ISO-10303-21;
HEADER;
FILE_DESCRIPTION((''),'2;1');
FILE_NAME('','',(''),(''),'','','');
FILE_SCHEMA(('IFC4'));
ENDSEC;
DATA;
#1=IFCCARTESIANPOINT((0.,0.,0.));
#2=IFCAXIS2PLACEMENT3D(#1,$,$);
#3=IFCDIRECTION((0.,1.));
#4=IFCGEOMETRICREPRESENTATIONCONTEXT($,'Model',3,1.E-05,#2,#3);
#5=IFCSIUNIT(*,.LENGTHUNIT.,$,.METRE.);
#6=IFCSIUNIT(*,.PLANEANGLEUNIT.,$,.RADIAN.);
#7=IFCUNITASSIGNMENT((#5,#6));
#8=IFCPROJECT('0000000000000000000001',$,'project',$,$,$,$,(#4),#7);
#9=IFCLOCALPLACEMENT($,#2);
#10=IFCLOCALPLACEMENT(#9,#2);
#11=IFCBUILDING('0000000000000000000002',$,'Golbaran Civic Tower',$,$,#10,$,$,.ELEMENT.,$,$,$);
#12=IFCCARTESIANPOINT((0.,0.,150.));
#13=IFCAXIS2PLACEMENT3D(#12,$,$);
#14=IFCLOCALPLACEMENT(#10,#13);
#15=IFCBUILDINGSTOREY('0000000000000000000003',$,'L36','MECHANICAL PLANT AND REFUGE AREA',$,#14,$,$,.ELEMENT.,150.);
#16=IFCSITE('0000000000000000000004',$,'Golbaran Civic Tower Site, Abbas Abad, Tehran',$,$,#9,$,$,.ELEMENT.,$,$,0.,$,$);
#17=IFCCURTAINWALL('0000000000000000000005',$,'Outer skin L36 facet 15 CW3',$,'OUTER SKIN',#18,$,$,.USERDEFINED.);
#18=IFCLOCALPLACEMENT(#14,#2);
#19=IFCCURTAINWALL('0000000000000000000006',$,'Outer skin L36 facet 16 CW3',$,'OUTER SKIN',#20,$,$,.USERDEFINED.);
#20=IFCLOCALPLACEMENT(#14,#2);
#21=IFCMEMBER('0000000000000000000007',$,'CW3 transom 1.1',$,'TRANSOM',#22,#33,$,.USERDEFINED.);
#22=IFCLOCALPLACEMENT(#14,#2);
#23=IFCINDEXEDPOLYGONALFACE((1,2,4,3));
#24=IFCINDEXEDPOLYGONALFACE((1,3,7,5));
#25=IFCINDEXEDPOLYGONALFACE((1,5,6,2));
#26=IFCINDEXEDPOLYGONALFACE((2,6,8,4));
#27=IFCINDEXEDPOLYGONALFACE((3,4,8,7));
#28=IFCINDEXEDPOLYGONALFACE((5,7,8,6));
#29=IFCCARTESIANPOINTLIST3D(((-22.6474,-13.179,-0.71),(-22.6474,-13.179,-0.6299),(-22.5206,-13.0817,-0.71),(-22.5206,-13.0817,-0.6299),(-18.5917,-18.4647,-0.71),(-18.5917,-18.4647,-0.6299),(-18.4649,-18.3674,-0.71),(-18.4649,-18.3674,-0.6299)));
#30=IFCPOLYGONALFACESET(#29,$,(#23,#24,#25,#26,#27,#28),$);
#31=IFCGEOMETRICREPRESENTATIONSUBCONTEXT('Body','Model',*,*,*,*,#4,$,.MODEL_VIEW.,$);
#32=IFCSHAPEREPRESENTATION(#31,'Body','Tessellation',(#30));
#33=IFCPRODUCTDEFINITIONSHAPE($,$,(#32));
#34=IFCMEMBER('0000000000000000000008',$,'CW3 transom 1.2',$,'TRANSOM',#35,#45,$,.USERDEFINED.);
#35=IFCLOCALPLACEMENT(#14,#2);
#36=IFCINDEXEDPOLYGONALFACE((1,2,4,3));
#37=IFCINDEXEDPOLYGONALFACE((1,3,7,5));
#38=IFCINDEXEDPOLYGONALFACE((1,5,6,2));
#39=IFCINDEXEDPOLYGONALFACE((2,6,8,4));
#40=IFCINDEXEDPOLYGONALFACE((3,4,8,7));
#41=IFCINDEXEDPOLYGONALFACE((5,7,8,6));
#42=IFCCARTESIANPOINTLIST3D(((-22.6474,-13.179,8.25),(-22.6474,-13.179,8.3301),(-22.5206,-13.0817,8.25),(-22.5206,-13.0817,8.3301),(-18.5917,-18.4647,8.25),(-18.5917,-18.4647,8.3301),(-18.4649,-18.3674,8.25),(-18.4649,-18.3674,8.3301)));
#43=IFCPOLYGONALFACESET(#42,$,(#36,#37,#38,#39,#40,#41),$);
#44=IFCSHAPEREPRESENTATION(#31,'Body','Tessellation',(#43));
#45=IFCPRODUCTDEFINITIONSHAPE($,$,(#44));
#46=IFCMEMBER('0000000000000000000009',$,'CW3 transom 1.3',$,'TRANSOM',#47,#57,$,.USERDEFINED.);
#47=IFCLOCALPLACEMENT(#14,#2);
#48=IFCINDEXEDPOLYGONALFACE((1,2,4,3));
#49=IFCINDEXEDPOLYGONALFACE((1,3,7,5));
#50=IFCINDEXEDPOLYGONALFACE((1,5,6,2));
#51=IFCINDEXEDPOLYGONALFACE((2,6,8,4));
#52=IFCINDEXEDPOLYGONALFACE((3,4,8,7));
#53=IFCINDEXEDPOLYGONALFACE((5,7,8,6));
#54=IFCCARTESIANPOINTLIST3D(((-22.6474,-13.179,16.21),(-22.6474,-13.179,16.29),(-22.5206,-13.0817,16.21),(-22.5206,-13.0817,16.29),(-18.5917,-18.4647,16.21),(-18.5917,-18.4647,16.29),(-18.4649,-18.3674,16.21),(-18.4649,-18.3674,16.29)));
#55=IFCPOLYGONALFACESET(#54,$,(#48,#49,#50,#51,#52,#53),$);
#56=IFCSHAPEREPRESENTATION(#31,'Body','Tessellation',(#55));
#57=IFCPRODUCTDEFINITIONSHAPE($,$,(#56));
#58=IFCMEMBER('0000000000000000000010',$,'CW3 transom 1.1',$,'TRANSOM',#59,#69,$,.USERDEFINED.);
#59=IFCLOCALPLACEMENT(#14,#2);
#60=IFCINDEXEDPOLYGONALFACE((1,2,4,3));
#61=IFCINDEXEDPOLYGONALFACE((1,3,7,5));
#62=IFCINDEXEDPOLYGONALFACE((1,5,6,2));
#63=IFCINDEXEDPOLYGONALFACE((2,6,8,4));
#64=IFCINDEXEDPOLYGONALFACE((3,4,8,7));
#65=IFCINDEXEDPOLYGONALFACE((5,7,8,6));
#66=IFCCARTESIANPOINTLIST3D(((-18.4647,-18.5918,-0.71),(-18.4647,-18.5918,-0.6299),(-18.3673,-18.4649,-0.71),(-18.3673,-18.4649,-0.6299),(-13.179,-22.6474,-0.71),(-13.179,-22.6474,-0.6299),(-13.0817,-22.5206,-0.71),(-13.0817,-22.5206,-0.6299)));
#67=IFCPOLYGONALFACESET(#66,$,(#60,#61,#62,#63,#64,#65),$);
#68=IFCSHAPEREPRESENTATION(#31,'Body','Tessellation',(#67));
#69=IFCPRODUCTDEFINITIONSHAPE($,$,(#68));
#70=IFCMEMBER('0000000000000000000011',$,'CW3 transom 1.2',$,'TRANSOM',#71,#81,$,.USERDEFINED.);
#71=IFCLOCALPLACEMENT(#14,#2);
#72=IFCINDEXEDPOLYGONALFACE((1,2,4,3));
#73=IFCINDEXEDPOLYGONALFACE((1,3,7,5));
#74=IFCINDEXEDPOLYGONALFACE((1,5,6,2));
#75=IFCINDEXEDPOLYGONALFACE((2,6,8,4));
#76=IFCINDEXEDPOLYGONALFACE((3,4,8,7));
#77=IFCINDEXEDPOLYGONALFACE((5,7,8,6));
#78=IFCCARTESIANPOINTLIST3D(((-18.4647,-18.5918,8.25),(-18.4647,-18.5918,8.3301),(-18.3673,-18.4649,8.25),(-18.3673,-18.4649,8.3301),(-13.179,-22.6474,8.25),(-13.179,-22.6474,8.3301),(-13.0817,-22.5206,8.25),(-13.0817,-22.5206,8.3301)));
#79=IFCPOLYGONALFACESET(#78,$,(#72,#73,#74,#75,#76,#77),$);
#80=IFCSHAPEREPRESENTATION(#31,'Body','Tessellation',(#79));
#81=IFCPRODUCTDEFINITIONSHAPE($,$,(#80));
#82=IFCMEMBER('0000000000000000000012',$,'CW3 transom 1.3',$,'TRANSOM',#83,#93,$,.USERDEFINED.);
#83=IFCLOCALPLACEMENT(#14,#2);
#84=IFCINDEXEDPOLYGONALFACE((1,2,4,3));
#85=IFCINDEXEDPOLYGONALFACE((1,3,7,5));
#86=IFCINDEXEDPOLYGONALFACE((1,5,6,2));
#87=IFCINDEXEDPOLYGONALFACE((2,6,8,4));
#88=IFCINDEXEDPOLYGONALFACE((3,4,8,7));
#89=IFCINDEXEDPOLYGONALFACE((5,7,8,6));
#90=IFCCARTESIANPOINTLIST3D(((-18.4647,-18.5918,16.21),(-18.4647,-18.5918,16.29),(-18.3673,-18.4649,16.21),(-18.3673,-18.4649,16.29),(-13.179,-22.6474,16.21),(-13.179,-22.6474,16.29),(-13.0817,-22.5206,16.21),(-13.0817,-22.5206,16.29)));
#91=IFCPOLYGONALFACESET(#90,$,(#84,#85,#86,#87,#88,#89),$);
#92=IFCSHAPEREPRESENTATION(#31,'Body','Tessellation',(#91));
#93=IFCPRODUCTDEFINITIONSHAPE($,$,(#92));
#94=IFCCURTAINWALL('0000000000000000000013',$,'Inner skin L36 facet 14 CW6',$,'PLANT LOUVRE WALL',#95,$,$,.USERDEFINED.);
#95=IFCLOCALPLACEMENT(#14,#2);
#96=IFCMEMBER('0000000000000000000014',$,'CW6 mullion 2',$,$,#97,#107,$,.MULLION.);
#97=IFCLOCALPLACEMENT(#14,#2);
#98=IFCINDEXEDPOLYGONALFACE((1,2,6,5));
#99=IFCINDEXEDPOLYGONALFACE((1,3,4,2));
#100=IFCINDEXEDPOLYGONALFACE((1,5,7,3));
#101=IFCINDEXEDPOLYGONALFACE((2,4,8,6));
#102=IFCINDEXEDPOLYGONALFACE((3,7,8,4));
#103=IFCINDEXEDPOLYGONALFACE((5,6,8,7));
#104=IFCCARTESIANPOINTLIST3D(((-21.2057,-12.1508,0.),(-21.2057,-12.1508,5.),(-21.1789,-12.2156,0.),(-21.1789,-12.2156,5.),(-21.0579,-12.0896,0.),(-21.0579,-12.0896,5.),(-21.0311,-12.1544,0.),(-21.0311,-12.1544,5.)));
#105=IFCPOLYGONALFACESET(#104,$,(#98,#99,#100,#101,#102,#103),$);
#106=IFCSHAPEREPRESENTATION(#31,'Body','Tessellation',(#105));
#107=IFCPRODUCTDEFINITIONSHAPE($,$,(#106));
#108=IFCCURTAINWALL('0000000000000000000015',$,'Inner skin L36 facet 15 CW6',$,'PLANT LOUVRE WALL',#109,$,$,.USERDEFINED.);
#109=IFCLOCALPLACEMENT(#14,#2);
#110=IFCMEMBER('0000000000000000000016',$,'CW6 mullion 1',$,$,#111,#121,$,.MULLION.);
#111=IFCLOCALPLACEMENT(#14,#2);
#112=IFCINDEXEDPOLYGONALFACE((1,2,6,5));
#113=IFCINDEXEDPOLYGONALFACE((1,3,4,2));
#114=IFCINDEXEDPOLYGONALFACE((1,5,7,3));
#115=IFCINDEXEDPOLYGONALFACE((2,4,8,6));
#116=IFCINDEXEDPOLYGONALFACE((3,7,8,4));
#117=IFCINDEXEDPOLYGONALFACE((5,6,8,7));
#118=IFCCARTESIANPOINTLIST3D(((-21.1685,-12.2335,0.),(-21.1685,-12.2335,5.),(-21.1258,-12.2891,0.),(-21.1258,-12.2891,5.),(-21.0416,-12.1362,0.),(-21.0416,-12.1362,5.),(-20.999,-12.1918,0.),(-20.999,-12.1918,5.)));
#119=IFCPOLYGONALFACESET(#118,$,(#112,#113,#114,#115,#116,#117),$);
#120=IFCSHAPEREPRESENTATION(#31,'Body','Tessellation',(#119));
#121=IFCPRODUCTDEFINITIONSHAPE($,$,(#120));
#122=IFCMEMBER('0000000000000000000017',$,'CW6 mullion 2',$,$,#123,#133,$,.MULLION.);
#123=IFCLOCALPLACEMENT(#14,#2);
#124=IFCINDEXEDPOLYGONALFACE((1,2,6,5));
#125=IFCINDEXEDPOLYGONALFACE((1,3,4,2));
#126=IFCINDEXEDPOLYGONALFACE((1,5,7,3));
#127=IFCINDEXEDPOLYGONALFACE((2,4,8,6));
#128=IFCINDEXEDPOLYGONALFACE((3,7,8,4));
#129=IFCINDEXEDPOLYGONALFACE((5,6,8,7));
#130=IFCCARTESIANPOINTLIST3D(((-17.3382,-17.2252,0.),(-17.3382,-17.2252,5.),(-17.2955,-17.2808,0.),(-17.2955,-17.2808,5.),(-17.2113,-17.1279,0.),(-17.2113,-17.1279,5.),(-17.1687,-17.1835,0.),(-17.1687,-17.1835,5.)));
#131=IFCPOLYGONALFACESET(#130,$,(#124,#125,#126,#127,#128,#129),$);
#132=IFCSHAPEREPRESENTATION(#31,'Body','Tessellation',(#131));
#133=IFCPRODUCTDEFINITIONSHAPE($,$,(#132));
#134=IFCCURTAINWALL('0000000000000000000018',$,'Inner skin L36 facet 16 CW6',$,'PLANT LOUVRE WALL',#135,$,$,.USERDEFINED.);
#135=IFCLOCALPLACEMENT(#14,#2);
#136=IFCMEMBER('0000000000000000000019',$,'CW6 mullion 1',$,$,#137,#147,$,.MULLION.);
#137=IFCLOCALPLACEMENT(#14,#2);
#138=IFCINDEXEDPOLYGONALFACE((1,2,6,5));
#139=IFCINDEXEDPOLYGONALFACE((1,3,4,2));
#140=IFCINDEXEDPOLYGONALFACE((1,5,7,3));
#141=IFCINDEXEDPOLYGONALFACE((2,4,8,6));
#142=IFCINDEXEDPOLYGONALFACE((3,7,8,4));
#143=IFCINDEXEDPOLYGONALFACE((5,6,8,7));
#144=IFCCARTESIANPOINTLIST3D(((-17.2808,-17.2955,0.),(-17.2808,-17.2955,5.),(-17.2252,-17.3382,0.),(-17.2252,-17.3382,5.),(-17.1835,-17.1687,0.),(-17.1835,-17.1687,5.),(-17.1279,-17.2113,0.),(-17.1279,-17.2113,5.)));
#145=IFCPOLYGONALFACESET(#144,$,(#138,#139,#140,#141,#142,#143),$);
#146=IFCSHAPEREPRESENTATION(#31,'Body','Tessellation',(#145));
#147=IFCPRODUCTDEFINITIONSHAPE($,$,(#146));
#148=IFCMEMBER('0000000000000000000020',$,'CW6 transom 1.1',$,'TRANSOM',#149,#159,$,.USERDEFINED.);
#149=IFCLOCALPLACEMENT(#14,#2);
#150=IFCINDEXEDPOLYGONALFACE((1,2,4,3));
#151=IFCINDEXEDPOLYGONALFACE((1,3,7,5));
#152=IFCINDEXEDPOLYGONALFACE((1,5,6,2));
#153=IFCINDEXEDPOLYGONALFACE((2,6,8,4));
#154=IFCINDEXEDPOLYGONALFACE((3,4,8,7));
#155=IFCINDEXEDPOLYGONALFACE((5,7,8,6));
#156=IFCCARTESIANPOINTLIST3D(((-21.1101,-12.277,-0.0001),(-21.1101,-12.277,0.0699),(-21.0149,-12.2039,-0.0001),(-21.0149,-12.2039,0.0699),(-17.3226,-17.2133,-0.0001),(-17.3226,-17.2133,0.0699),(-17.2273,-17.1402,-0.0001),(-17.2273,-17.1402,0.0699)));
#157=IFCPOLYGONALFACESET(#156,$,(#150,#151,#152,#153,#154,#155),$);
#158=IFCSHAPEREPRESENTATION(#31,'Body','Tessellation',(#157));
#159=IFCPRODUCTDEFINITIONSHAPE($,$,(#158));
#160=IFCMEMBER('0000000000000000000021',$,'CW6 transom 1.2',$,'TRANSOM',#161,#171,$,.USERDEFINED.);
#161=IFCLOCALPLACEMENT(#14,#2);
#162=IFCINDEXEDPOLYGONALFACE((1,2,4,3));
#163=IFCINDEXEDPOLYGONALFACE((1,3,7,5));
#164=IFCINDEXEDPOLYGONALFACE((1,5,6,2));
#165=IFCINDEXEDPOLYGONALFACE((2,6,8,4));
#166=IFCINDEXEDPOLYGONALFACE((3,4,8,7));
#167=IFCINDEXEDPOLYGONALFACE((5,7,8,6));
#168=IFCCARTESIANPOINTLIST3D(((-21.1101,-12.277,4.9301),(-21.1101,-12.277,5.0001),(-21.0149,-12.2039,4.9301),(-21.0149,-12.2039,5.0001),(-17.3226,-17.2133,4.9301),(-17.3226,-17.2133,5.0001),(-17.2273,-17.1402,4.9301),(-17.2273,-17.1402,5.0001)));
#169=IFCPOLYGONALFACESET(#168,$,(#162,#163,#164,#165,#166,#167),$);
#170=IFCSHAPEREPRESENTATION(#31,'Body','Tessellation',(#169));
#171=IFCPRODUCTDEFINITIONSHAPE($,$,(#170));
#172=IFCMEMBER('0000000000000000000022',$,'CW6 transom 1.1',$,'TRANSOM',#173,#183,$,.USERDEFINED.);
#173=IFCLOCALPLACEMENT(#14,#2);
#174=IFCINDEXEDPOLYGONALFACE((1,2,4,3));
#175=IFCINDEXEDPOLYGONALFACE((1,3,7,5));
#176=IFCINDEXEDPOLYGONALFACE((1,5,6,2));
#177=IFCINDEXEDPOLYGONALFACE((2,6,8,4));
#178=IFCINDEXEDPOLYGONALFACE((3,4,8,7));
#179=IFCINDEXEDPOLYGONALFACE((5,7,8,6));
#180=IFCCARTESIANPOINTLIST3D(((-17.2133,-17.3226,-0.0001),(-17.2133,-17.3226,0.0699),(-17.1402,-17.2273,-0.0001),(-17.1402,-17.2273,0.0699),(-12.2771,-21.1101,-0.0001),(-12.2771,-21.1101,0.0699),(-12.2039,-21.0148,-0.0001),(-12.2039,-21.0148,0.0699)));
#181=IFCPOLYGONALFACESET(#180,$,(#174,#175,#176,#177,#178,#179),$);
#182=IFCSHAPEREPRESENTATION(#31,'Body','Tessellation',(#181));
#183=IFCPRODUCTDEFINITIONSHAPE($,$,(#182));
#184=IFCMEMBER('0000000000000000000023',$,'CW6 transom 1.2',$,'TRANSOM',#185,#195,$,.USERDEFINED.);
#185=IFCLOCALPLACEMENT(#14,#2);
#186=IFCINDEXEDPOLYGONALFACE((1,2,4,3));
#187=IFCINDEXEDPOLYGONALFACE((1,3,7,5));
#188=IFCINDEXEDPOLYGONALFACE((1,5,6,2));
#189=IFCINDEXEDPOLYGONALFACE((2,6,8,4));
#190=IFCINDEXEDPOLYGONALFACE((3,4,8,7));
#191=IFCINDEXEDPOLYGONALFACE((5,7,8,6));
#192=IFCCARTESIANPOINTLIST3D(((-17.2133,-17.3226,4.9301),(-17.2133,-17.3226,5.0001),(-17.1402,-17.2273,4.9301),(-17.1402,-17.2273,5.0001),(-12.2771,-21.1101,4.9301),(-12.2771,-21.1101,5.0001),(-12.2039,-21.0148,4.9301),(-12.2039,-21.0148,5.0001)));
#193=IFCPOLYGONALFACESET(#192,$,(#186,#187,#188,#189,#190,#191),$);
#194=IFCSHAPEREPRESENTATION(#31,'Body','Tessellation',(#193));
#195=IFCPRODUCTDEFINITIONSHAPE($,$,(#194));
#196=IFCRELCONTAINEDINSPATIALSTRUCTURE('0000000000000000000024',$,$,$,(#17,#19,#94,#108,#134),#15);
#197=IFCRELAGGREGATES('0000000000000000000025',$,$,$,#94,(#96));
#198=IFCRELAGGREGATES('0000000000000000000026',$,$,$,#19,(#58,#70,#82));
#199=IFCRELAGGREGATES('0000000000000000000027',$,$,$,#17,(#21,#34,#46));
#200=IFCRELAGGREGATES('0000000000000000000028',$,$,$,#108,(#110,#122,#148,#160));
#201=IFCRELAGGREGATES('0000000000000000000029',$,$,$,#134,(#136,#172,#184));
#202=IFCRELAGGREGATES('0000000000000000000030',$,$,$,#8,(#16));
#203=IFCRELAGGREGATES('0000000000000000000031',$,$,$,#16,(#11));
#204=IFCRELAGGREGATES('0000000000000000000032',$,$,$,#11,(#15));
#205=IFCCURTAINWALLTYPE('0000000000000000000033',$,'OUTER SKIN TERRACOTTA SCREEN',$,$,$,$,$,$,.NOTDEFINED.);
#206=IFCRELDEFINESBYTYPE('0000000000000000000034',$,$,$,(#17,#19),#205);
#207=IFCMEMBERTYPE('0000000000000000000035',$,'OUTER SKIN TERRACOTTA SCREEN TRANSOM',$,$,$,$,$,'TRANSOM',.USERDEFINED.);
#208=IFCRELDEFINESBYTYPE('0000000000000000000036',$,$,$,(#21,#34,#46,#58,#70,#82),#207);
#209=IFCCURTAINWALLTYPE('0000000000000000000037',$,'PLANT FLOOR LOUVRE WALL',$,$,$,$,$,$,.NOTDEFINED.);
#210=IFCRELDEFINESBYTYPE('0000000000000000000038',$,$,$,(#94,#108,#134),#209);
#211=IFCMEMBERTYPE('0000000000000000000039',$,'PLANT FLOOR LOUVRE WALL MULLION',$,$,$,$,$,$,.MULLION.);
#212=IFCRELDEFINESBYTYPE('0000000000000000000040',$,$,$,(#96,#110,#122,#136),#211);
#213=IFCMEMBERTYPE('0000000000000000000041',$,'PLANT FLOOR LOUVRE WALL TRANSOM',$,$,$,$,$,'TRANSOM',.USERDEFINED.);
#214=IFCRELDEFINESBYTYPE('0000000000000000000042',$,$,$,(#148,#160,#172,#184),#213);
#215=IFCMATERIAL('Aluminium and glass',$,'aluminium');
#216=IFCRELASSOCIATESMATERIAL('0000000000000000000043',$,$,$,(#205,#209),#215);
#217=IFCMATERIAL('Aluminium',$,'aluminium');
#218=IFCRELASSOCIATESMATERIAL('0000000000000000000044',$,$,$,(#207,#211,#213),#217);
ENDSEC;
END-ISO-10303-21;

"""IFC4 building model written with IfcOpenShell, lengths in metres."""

from ifc_helpers import new_model, si_unit, direction, frame, origin, origin_2d, place, context, subcontext, project, spatial, rectangle, extrude, material, material_profile, profile_set, type_object, element, aggregate, save


model = new_model("IFC4")

# Units and contexts
model_context = context("Model", 3, precision=1e-05, world=origin(), true_north=direction((0.0, 1.0)))
body_context = subcontext(model_context, "Body", "Model", "MODEL_VIEW")
ifc_project = project(units=[si_unit("LENGTHUNIT", "METRE"), si_unit("PLANEANGLEUNIT", "RADIAN")], contexts=[model_context])

# Site, building, storey
site_placement = place(None, origin())
site = spatial("IfcSite", under=ifc_project, at=site_placement, Name="Golbaran Civic Tower Site, Abbas Abad, Tehran", CompositionType="ELEMENT", RefElevation=0.0)
building_placement = place(site_placement, origin())
building = spatial("IfcBuilding", under=site, at=building_placement, Name="Golbaran Civic Tower", CompositionType="ELEMENT")
storey_placement = place(building_placement, frame((0.0, 0.0, 150.0)))
storey = spatial("IfcBuildingStorey", under=building, at=storey_placement, Name="L36", Description="MECHANICAL PLANT AND REFUGE AREA", CompositionType="ELEMENT", Elevation=150.0)

# Shared definitions
ifc_material_1 = material(Name="Aluminium and glass", Category="aluminium")
curtain_wall_type_1 = type_object("IfcCurtainWallType", Name="OUTER SKIN TERRACOTTA SCREEN", PredefinedType="NOTDEFINED", material=ifc_material_1)
ifc_material_2 = material(Name="Aluminium", Category="aluminium")

# Curtain wall
curtain_wall_1_placement = place(storey_placement, origin())
curtain_wall_1 = element("IfcCurtainWall", 1, at=curtain_wall_1_placement, inside=storey, type_object=curtain_wall_type_1, Name="Outer skin L36 facet 15 CW3", ObjectType="OUTER SKIN", PredefinedType="USERDEFINED")

# Curtain wall
curtain_wall_2_placement = place(storey_placement, origin())
curtain_wall_2 = element("IfcCurtainWall", 2, at=curtain_wall_2_placement, inside=storey, type_object=curtain_wall_type_1, Name="Outer skin L36 facet 16 CW3", ObjectType="OUTER SKIN", PredefinedType="USERDEFINED")

# Members
ifc_material_profile_1 = material_profile(ifc_material_2, rectangle(XDim=0.1599, YDim=0.0801, at=origin_2d()), Name="OUTER SKIN TERRACOTTA SCREEN TRANSOM")
ifc_profile_set_1 = profile_set([ifc_material_profile_1], Name="Aluminium")
member_type_1 = type_object("IfcMemberType", Name="OUTER SKIN TERRACOTTA SCREEN TRANSOM", ElementType="TRANSOM", PredefinedType="USERDEFINED", material=ifc_profile_set_1)
member_1_placement = place(storey_placement, frame((-22.584, -13.1304, -0.6699), z_axis=(0.608747, -0.793364, 0.0), x_axis=(0.793364, 0.608747, 0.0)))
member_1 = element("IfcMember", 3, at=member_1_placement, type_object=member_type_1, Name="CW3 transom 1.1", ObjectType="TRANSOM", PredefinedType="USERDEFINED", context=body_context, shape_type="SweptSolid", body=[
    extrude(rectangle(XDim=0.1599, YDim=0.0801, at=origin_2d()), origin(), (0.0, 0.0, 1.0), 6.6624),
])
member_2_placement = place(storey_placement, frame((-22.584, -13.1304, 8.29), z_axis=(0.608747, -0.793364, 0.0), x_axis=(0.793364, 0.608747, 0.0)))
member_2 = element("IfcMember", 4, at=member_2_placement, type_object=member_type_1, Name="CW3 transom 1.2", ObjectType="TRANSOM", PredefinedType="USERDEFINED", context=body_context, shape_type="SweptSolid", body=[
    extrude(rectangle(XDim=0.1599, YDim=0.0801, at=origin_2d()), origin(), (0.0, 0.0, 1.0), 6.6624),
])
member_3_placement = place(storey_placement, frame((-22.584, -13.1304, 16.25), z_axis=(0.608747, -0.793364, 0.0), x_axis=(0.793364, 0.608747, 0.0)))
member_3 = element("IfcMember", 5, at=member_3_placement, type_object=member_type_1, Name="CW3 transom 1.3", ObjectType="TRANSOM", PredefinedType="USERDEFINED", context=body_context, shape_type="SweptSolid", body=[
    extrude(rectangle(XDim=0.1599, YDim=0.0801, at=origin_2d()), origin(), (0.0, 0.0, 1.0), 6.6624),
])
member_4_placement = place(storey_placement, frame((-18.416, -18.5283, -0.6699), z_axis=(0.793364, -0.608747, 0.0), x_axis=(0.608747, 0.793364, 0.0)))
member_4 = element("IfcMember", 6, at=member_4_placement, type_object=member_type_1, Name="CW3 transom 1.1", ObjectType="TRANSOM", PredefinedType="USERDEFINED", context=body_context, shape_type="SweptSolid", body=[
    extrude(rectangle(XDim=0.1599, YDim=0.0801, at=origin_2d()), origin(), (0.0, 0.0, 1.0), 6.6624),
])
member_5_placement = place(storey_placement, frame((-18.416, -18.5283, 8.29), z_axis=(0.793364, -0.608747, 0.0), x_axis=(0.608747, 0.793364, 0.0)))
member_5 = element("IfcMember", 7, at=member_5_placement, type_object=member_type_1, Name="CW3 transom 1.2", ObjectType="TRANSOM", PredefinedType="USERDEFINED", context=body_context, shape_type="SweptSolid", body=[
    extrude(rectangle(XDim=0.1599, YDim=0.0801, at=origin_2d()), origin(), (0.0, 0.0, 1.0), 6.6624),
])
member_6_placement = place(storey_placement, frame((-18.416, -18.5283, 16.25), z_axis=(0.793364, -0.608747, 0.0), x_axis=(0.608747, 0.793364, 0.0)))
member_6 = element("IfcMember", 8, at=member_6_placement, type_object=member_type_1, Name="CW3 transom 1.3", ObjectType="TRANSOM", PredefinedType="USERDEFINED", context=body_context, shape_type="SweptSolid", body=[
    extrude(rectangle(XDim=0.1599, YDim=0.0801, at=origin_2d()), origin(), (0.0, 0.0, 1.0), 6.6624),
])

# Curtain wall, member
curtain_wall_type_2 = type_object("IfcCurtainWallType", Name="PLANT FLOOR LOUVRE WALL", PredefinedType="NOTDEFINED", material=ifc_material_1)
curtain_wall_3_placement = place(storey_placement, origin())
curtain_wall_3 = element("IfcCurtainWall", 9, at=curtain_wall_3_placement, inside=storey, type_object=curtain_wall_type_2, Name="Inner skin L36 facet 14 CW6", ObjectType="PLANT LOUVRE WALL", PredefinedType="USERDEFINED")
ifc_material_profile_2 = material_profile(ifc_material_2, rectangle(XDim=0.1599, YDim=0.0701, at=origin_2d()), Name="PLANT FLOOR LOUVRE WALL MULLION")
ifc_profile_set_2 = profile_set([ifc_material_profile_2], Name="Aluminium")
member_type_2 = type_object("IfcMemberType", Name="PLANT FLOOR LOUVRE WALL MULLION", PredefinedType="MULLION", material=ifc_profile_set_2)
member_7_placement = place(storey_placement, frame((-21.1184, -12.1526, 0.0), z_axis=(0.0, 0.0, 1.0), x_axis=(0.92388, 0.382683, 0.0)))
member_7 = element("IfcMember", 10, at=member_7_placement, type_object=member_type_2, Name="CW6 mullion 2", PredefinedType="MULLION", context=body_context, shape_type="SweptSolid", body=[
    extrude(rectangle(XDim=0.1599, YDim=0.0701, at=origin_2d()), origin(), (0.0, 0.0, 1.0), 5.0),
])
aggregate(curtain_wall_3, [member_7])

# Curtain wall, members
curtain_wall_4_placement = place(storey_placement, origin())
curtain_wall_4 = element("IfcCurtainWall", 11, at=curtain_wall_4_placement, inside=storey, type_object=curtain_wall_type_2, Name="Inner skin L36 facet 15 CW6", ObjectType="PLANT LOUVRE WALL", PredefinedType="USERDEFINED")
member_8_placement = place(storey_placement, frame((-21.0837, -12.2126, 0.0), z_axis=(0.0, 0.0, 1.0), x_axis=(0.793353, 0.608761, 0.0)))
member_8 = element("IfcMember", 12, at=member_8_placement, type_object=member_type_2, Name="CW6 mullion 1", PredefinedType="MULLION", context=body_context, shape_type="SweptSolid", body=[
    extrude(rectangle(XDim=0.1599, YDim=0.0701, at=origin_2d()), origin(), (0.0, 0.0, 1.0), 5.0),
])
member_9_placement = place(storey_placement, frame((-17.2534, -17.2043, 0.0), z_axis=(0.0, 0.0, 1.0), x_axis=(0.793353, 0.608761, 0.0)))
member_9 = element("IfcMember", 13, at=member_9_placement, type_object=member_type_2, Name="CW6 mullion 2", PredefinedType="MULLION", context=body_context, shape_type="SweptSolid", body=[
    extrude(rectangle(XDim=0.1599, YDim=0.0701, at=origin_2d()), origin(), (0.0, 0.0, 1.0), 5.0),
])

# Curtain wall, member
curtain_wall_5_placement = place(storey_placement, origin())
curtain_wall_5 = element("IfcCurtainWall", 14, at=curtain_wall_5_placement, inside=storey, type_object=curtain_wall_type_2, Name="Inner skin L36 facet 16 CW6", ObjectType="PLANT LOUVRE WALL", PredefinedType="USERDEFINED")
member_10_placement = place(storey_placement, frame((-17.2043, -17.2534, 0.0), z_axis=(0.0, 0.0, 1.0), x_axis=(0.608761, 0.793353, 0.0)))
member_10 = element("IfcMember", 15, at=member_10_placement, type_object=member_type_2, Name="CW6 mullion 1", PredefinedType="MULLION", context=body_context, shape_type="SweptSolid", body=[
    extrude(rectangle(XDim=0.1599, YDim=0.0701, at=origin_2d()), origin(), (0.0, 0.0, 1.0), 5.0),
])

# Members
ifc_material_profile_3 = material_profile(ifc_material_2, rectangle(XDim=0.1201, YDim=0.0701, at=origin_2d()), Name="PLANT FLOOR LOUVRE WALL TRANSOM")
ifc_profile_set_3 = profile_set([ifc_material_profile_3], Name="Aluminium")
member_type_3 = type_object("IfcMemberType", Name="PLANT FLOOR LOUVRE WALL TRANSOM", ElementType="TRANSOM", PredefinedType="USERDEFINED", material=ifc_profile_set_3)
member_11_placement = place(storey_placement, frame((-21.0625, -12.2405, 0.0349), z_axis=(0.608747, -0.793364, 0.0), x_axis=(0.793364, 0.608747, 0.0)))
member_11 = element("IfcMember", 16, at=member_11_placement, type_object=member_type_3, Name="CW6 transom 1.1", ObjectType="TRANSOM", PredefinedType="USERDEFINED", context=body_context, shape_type="SweptSolid", body=[
    extrude(rectangle(XDim=0.1201, YDim=0.0701, at=origin_2d()), origin(), (0.0, 0.0, 1.0), 6.2219),
])
member_12_placement = place(storey_placement, frame((-21.0625, -12.2405, 4.9651), z_axis=(0.608747, -0.793364, 0.0), x_axis=(0.793364, 0.608747, 0.0)))
member_12 = element("IfcMember", 17, at=member_12_placement, type_object=member_type_3, Name="CW6 transom 1.2", ObjectType="TRANSOM", PredefinedType="USERDEFINED", context=body_context, shape_type="SweptSolid", body=[
    extrude(rectangle(XDim=0.1201, YDim=0.0701, at=origin_2d()), origin(), (0.0, 0.0, 1.0), 6.2219),
])
member_13_placement = place(storey_placement, frame((-17.1768, -17.2749, 0.0349), z_axis=(0.793364, -0.608747, 0.0), x_axis=(0.608747, 0.793364, 0.0)))
member_13 = element("IfcMember", 18, at=member_13_placement, type_object=member_type_3, Name="CW6 transom 1.1", ObjectType="TRANSOM", PredefinedType="USERDEFINED", context=body_context, shape_type="SweptSolid", body=[
    extrude(rectangle(XDim=0.1201, YDim=0.0701, at=origin_2d()), origin(), (0.0, 0.0, 1.0), 6.2219),
])
member_14_placement = place(storey_placement, frame((-17.1768, -17.2749, 4.9651), z_axis=(0.793364, -0.608747, 0.0), x_axis=(0.608747, 0.793364, 0.0)))
member_14 = element("IfcMember", 19, at=member_14_placement, type_object=member_type_3, Name="CW6 transom 1.2", ObjectType="TRANSOM", PredefinedType="USERDEFINED", context=body_context, shape_type="SweptSolid", body=[
    extrude(rectangle(XDim=0.1201, YDim=0.0701, at=origin_2d()), origin(), (0.0, 0.0, 1.0), 6.2219),
])

aggregate(curtain_wall_2, [member_4, member_5, member_6])
aggregate(curtain_wall_1, [member_1, member_2, member_3])
aggregate(curtain_wall_4, [member_8, member_9, member_11, member_12])
aggregate(curtain_wall_5, [member_10, member_13, member_14])

save(model, "model.ifc")
